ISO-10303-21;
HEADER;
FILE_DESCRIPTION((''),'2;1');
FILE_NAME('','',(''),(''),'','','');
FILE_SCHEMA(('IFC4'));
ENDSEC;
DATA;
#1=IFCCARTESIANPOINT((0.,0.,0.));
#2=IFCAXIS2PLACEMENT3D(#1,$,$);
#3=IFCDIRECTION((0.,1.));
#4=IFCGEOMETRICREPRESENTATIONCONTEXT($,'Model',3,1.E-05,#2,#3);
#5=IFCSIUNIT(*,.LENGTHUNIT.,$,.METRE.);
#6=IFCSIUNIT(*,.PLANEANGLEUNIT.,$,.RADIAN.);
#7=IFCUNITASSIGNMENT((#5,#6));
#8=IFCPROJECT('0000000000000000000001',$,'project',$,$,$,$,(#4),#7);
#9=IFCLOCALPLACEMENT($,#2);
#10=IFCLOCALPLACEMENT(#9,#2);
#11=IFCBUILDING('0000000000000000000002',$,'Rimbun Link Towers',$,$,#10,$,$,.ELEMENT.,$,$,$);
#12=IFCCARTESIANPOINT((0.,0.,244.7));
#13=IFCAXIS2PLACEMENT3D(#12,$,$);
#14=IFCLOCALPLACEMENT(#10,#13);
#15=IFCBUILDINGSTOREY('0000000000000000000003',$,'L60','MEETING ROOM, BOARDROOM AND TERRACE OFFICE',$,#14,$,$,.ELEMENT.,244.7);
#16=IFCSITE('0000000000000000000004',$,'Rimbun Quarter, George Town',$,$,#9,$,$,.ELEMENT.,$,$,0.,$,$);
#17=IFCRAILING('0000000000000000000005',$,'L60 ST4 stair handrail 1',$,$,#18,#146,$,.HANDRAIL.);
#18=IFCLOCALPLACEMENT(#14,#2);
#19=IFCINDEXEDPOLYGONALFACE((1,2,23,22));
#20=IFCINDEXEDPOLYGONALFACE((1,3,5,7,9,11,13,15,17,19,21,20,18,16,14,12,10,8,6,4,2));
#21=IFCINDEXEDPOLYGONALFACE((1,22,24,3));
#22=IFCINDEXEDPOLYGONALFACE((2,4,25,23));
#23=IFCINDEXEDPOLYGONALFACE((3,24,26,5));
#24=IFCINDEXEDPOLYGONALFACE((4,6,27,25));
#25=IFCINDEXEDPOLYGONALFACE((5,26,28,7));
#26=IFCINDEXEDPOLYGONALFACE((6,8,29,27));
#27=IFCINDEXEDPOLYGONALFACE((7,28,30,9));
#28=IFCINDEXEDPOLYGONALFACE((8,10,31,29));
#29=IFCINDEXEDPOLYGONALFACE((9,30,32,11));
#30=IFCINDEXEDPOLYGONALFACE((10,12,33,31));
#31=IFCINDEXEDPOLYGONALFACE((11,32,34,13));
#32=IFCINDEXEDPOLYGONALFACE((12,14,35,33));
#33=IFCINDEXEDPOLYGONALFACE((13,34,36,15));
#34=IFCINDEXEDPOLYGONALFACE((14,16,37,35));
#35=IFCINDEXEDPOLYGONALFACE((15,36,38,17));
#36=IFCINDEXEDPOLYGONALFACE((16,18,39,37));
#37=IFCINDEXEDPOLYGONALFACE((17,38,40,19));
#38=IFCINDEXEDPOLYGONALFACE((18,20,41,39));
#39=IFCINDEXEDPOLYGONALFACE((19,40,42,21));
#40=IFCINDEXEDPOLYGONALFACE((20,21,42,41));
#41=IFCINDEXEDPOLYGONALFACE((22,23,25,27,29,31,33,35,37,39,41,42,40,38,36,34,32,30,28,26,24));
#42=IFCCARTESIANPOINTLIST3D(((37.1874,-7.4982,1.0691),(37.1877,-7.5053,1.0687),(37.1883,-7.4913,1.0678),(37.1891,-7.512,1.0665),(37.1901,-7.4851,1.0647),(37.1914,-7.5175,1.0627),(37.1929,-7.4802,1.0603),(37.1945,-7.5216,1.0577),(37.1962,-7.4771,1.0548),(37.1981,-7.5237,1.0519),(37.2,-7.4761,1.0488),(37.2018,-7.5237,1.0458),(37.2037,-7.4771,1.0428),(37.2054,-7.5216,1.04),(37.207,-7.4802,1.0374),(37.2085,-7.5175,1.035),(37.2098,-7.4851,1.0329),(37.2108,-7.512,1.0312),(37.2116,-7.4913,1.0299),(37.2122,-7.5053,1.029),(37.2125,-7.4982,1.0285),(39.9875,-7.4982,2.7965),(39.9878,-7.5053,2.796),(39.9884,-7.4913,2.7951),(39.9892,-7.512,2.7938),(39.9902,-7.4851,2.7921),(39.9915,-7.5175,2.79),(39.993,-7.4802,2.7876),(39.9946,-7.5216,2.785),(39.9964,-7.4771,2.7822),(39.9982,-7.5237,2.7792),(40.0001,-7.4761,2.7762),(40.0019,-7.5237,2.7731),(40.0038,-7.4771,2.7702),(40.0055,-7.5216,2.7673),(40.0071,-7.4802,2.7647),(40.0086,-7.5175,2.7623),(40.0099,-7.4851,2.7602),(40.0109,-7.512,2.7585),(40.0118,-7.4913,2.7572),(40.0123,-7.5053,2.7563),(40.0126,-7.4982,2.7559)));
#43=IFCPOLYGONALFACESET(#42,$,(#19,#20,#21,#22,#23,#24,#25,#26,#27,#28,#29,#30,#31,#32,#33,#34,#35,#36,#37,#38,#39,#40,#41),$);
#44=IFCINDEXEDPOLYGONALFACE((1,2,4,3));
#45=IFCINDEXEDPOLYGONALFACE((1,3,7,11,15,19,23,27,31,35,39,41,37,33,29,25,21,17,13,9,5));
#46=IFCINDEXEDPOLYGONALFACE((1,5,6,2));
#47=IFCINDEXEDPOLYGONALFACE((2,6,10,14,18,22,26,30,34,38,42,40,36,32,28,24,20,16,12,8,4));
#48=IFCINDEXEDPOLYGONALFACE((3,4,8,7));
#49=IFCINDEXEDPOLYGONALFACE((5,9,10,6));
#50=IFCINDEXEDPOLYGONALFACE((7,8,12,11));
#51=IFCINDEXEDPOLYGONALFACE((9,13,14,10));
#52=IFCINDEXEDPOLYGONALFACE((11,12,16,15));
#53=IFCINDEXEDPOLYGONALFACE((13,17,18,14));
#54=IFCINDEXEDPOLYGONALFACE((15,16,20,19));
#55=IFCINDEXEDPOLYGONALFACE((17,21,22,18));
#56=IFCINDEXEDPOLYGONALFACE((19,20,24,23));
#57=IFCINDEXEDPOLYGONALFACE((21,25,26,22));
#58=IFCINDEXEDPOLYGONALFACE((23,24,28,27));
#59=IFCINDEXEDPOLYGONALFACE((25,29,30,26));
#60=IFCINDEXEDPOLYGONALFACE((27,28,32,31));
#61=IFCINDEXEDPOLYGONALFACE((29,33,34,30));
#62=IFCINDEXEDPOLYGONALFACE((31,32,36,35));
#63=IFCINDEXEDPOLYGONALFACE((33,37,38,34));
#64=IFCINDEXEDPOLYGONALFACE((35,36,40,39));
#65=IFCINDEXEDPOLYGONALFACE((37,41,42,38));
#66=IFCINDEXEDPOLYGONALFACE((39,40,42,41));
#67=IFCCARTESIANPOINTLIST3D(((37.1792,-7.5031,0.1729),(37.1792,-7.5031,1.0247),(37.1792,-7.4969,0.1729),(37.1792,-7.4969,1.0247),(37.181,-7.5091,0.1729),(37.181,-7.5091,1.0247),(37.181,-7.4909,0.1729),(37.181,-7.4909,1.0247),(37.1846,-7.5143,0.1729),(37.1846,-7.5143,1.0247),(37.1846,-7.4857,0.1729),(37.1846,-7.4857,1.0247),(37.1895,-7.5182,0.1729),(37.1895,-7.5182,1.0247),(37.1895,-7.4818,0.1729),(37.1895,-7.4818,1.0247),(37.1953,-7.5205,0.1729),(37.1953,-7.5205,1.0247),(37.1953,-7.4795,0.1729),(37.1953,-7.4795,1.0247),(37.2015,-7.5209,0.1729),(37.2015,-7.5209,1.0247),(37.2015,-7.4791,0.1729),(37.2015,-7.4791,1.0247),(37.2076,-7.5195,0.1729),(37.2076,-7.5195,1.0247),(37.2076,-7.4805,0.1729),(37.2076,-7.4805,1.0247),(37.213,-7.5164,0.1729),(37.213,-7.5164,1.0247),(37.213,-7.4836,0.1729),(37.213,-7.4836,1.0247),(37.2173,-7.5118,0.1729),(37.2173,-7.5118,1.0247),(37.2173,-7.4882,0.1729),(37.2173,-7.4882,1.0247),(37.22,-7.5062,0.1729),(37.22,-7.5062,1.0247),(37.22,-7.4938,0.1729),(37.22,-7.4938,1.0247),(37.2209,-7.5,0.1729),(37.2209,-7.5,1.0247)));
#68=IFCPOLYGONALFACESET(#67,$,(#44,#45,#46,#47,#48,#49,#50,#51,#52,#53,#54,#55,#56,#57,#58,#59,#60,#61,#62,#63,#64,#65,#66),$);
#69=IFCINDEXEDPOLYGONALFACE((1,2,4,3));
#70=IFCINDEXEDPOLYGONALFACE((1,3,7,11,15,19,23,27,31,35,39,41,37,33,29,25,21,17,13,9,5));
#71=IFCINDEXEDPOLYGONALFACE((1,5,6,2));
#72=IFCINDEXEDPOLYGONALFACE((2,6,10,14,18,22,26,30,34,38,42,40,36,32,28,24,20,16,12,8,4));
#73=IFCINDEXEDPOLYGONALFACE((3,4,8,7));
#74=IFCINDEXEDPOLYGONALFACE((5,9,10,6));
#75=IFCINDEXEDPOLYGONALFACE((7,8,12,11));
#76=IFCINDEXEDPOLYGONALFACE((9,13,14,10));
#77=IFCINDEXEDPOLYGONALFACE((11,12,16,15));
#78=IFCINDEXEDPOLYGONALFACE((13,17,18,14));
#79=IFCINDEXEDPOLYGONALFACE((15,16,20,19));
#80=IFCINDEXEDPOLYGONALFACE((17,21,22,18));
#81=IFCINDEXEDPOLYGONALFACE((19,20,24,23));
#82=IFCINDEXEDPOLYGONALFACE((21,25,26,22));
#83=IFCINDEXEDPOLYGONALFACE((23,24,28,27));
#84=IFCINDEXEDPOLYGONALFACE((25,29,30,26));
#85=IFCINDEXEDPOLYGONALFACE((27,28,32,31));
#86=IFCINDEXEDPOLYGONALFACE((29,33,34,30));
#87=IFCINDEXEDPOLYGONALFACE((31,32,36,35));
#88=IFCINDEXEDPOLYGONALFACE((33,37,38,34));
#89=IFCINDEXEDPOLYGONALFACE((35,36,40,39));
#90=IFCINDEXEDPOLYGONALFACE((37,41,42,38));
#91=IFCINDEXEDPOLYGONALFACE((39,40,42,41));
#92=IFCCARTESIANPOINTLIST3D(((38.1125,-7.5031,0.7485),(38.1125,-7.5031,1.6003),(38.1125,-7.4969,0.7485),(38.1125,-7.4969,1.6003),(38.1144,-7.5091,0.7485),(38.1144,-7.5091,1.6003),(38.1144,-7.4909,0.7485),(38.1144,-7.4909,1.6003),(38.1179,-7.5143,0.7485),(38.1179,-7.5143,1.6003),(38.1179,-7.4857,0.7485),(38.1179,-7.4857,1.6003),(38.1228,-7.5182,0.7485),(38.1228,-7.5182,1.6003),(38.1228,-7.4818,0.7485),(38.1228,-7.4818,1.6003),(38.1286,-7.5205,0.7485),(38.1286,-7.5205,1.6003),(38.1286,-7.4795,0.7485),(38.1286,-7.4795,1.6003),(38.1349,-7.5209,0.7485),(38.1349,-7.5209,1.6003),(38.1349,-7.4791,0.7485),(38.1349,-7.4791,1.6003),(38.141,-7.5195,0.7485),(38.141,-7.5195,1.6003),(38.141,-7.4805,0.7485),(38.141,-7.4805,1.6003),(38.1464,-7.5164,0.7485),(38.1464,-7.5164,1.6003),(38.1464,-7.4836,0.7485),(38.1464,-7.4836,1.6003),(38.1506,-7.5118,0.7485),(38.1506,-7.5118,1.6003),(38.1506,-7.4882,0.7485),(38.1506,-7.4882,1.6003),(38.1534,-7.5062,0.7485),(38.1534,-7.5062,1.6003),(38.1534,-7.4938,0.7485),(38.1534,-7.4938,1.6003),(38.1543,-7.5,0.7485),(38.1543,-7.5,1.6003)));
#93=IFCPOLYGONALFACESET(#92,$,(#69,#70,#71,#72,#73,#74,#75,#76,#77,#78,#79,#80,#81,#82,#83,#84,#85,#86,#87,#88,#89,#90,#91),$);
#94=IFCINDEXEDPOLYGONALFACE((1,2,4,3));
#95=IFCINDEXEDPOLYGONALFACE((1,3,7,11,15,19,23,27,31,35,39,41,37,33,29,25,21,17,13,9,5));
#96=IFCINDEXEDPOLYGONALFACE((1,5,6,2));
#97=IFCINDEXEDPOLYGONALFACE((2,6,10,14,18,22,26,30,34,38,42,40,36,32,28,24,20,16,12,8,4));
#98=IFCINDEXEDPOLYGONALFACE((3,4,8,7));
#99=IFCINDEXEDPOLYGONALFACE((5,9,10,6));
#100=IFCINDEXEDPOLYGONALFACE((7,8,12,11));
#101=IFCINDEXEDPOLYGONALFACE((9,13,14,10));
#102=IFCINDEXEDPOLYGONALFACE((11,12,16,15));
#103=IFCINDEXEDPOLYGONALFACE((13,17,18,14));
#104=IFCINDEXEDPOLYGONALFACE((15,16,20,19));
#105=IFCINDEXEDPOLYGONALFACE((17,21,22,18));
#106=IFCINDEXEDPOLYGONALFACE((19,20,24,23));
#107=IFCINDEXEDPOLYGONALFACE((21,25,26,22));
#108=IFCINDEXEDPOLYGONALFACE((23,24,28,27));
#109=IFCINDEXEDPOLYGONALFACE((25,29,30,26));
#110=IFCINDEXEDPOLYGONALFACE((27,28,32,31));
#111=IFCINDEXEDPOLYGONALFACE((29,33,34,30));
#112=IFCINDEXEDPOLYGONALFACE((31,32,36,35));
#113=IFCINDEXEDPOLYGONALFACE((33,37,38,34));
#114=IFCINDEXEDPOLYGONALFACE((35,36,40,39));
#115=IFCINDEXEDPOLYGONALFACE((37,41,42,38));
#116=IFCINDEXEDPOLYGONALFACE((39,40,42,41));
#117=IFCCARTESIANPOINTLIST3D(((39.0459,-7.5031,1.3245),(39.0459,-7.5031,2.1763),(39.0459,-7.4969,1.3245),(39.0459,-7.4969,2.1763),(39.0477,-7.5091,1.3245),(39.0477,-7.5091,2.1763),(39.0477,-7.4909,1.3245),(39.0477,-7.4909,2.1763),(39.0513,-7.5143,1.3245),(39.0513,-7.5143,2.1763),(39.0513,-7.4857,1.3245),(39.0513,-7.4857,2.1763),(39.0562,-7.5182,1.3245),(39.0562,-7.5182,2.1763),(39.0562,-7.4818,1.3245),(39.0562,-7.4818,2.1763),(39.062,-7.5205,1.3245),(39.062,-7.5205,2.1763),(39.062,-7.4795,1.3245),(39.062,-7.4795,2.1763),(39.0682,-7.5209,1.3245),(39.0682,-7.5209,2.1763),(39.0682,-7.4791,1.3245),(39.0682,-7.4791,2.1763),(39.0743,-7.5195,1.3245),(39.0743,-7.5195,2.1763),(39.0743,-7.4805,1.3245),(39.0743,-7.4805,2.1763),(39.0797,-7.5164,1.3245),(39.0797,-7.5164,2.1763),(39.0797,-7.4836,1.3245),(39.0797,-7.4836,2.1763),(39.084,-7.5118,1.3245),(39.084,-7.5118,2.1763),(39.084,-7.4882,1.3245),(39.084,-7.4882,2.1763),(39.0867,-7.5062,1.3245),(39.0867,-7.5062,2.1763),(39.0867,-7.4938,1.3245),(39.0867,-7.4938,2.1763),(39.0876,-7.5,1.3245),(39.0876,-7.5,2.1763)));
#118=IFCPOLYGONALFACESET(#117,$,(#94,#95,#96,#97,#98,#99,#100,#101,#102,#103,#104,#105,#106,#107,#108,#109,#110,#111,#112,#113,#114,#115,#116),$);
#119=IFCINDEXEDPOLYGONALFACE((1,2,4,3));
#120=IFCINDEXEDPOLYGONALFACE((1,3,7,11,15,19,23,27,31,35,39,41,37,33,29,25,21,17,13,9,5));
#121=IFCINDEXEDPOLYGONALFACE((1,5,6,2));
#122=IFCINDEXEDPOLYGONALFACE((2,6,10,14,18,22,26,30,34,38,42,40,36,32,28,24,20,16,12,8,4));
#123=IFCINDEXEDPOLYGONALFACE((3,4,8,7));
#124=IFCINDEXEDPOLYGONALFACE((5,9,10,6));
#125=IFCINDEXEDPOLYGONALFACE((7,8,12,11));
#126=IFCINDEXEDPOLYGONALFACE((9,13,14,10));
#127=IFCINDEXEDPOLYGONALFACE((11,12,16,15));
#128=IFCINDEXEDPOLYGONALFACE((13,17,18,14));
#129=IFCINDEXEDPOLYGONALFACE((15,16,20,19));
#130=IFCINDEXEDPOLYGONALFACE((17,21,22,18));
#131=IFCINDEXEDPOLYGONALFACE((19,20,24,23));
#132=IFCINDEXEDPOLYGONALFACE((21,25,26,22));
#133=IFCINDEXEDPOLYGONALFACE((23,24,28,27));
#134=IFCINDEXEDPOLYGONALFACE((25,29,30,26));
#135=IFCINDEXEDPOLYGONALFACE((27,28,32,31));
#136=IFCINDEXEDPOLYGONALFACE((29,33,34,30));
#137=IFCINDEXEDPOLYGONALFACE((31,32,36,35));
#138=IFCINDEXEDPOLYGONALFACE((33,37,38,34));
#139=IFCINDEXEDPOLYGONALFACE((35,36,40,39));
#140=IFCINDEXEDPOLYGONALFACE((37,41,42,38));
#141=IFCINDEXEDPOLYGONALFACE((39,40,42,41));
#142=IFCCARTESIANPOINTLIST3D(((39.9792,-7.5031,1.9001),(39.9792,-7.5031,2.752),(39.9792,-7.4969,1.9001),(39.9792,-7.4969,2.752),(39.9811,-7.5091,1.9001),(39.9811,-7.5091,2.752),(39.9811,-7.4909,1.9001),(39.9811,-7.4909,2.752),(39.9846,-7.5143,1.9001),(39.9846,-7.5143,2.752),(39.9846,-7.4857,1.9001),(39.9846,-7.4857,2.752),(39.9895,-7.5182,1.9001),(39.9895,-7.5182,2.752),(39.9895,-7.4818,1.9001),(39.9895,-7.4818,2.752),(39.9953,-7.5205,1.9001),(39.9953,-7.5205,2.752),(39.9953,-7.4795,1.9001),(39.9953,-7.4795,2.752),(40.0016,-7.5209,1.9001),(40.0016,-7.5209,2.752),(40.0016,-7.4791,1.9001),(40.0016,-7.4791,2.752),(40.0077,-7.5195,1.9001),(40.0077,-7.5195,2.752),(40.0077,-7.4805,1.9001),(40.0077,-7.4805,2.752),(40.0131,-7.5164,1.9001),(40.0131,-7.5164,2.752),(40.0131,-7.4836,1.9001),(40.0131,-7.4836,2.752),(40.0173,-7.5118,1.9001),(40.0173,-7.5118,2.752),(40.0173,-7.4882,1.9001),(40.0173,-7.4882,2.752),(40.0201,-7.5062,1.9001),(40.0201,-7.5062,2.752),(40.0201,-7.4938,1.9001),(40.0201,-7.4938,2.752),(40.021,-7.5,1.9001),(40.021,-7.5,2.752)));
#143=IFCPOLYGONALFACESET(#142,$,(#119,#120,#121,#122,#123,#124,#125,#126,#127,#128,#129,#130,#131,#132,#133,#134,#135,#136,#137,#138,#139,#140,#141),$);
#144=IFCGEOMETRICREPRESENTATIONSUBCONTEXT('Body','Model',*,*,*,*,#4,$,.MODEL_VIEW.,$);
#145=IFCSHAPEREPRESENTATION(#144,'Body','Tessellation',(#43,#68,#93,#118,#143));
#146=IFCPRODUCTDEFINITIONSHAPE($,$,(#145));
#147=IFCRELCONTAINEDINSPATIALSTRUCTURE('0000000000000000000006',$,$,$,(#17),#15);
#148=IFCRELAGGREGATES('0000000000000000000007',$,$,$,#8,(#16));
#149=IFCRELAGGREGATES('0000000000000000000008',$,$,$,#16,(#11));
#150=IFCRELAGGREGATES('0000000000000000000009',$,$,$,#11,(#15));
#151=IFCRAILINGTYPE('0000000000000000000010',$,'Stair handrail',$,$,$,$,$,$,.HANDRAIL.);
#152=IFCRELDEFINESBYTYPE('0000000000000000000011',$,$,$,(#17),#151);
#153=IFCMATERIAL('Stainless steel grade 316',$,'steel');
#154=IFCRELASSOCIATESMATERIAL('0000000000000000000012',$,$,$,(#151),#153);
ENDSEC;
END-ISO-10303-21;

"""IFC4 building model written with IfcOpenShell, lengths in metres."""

from ifc_helpers import new_model, si_unit, direction, frame, origin, origin_2d, place, context, subcontext, project, spatial, circle, extrude, material, type_object, element, save


model = new_model("IFC4")

# Units and contexts
model_context = context("Model", 3, precision=1e-05, world=origin(), true_north=direction((0.0, 1.0)))
body_context = subcontext(model_context, "Body", "Model", "MODEL_VIEW")
ifc_project = project(units=[si_unit("LENGTHUNIT", "METRE"), si_unit("PLANEANGLEUNIT", "RADIAN")], contexts=[model_context])

# Site, building, storey
site_placement = place(None, origin())
site = spatial("IfcSite", under=ifc_project, at=site_placement, Name="Rimbun Quarter, George Town", CompositionType="ELEMENT", RefElevation=0.0)
building_placement = place(site_placement, origin())
building = spatial("IfcBuilding", under=site, at=building_placement, Name="Rimbun Link Towers", CompositionType="ELEMENT")
storey_placement = place(building_placement, frame((0.0, 0.0, 244.7)))
storey = spatial("IfcBuildingStorey", under=building, at=storey_placement, Name="L60", Description="MEETING ROOM, BOARDROOM AND TERRACE OFFICE", CompositionType="ELEMENT", Elevation=244.7)

# Railing
ifc_material_1 = material(Name="Stainless steel grade 316", Category="steel")
railing_type_1 = type_object("IfcRailingType", Name="Stair handrail", PredefinedType="HANDRAIL", material=ifc_material_1)
railing_1_placement = place(storey_placement, frame((37.2, -7.5, 0.1729)))
element("IfcRailing", 1, at=railing_1_placement, inside=storey, type_object=railing_type_1, Name="L60 ST4 stair handrail 1", PredefinedType="HANDRAIL", context=body_context, shape_type="SweptSolid", body=[
    extrude(circle(Radius=0.0239, at=origin_2d()), frame((0.0, 0.0, 0.876), z_axis=(0.85109, 0.0, 0.52502), x_axis=(0.0, 1.0, 0.0)), (0.0, 0.0, 1.0), 3.29),
    extrude(circle(Radius=0.021, at=origin_2d()), origin(), (0.0, 0.0, 1.0), 0.8518),
    extrude(circle(Radius=0.021, at=origin_2d()), frame((0.9333, 0.0, 0.5757)), (0.0, 0.0, 1.0), 0.8518),
    extrude(circle(Radius=0.021, at=origin_2d()), frame((1.8667, 0.0, 1.1516)), (0.0, 0.0, 1.0), 0.8518),
    extrude(circle(Radius=0.021, at=origin_2d()), frame((2.8, 0.0, 1.7273)), (0.0, 0.0, 1.0), 0.8518),
])

save(model, "model.ifc")
